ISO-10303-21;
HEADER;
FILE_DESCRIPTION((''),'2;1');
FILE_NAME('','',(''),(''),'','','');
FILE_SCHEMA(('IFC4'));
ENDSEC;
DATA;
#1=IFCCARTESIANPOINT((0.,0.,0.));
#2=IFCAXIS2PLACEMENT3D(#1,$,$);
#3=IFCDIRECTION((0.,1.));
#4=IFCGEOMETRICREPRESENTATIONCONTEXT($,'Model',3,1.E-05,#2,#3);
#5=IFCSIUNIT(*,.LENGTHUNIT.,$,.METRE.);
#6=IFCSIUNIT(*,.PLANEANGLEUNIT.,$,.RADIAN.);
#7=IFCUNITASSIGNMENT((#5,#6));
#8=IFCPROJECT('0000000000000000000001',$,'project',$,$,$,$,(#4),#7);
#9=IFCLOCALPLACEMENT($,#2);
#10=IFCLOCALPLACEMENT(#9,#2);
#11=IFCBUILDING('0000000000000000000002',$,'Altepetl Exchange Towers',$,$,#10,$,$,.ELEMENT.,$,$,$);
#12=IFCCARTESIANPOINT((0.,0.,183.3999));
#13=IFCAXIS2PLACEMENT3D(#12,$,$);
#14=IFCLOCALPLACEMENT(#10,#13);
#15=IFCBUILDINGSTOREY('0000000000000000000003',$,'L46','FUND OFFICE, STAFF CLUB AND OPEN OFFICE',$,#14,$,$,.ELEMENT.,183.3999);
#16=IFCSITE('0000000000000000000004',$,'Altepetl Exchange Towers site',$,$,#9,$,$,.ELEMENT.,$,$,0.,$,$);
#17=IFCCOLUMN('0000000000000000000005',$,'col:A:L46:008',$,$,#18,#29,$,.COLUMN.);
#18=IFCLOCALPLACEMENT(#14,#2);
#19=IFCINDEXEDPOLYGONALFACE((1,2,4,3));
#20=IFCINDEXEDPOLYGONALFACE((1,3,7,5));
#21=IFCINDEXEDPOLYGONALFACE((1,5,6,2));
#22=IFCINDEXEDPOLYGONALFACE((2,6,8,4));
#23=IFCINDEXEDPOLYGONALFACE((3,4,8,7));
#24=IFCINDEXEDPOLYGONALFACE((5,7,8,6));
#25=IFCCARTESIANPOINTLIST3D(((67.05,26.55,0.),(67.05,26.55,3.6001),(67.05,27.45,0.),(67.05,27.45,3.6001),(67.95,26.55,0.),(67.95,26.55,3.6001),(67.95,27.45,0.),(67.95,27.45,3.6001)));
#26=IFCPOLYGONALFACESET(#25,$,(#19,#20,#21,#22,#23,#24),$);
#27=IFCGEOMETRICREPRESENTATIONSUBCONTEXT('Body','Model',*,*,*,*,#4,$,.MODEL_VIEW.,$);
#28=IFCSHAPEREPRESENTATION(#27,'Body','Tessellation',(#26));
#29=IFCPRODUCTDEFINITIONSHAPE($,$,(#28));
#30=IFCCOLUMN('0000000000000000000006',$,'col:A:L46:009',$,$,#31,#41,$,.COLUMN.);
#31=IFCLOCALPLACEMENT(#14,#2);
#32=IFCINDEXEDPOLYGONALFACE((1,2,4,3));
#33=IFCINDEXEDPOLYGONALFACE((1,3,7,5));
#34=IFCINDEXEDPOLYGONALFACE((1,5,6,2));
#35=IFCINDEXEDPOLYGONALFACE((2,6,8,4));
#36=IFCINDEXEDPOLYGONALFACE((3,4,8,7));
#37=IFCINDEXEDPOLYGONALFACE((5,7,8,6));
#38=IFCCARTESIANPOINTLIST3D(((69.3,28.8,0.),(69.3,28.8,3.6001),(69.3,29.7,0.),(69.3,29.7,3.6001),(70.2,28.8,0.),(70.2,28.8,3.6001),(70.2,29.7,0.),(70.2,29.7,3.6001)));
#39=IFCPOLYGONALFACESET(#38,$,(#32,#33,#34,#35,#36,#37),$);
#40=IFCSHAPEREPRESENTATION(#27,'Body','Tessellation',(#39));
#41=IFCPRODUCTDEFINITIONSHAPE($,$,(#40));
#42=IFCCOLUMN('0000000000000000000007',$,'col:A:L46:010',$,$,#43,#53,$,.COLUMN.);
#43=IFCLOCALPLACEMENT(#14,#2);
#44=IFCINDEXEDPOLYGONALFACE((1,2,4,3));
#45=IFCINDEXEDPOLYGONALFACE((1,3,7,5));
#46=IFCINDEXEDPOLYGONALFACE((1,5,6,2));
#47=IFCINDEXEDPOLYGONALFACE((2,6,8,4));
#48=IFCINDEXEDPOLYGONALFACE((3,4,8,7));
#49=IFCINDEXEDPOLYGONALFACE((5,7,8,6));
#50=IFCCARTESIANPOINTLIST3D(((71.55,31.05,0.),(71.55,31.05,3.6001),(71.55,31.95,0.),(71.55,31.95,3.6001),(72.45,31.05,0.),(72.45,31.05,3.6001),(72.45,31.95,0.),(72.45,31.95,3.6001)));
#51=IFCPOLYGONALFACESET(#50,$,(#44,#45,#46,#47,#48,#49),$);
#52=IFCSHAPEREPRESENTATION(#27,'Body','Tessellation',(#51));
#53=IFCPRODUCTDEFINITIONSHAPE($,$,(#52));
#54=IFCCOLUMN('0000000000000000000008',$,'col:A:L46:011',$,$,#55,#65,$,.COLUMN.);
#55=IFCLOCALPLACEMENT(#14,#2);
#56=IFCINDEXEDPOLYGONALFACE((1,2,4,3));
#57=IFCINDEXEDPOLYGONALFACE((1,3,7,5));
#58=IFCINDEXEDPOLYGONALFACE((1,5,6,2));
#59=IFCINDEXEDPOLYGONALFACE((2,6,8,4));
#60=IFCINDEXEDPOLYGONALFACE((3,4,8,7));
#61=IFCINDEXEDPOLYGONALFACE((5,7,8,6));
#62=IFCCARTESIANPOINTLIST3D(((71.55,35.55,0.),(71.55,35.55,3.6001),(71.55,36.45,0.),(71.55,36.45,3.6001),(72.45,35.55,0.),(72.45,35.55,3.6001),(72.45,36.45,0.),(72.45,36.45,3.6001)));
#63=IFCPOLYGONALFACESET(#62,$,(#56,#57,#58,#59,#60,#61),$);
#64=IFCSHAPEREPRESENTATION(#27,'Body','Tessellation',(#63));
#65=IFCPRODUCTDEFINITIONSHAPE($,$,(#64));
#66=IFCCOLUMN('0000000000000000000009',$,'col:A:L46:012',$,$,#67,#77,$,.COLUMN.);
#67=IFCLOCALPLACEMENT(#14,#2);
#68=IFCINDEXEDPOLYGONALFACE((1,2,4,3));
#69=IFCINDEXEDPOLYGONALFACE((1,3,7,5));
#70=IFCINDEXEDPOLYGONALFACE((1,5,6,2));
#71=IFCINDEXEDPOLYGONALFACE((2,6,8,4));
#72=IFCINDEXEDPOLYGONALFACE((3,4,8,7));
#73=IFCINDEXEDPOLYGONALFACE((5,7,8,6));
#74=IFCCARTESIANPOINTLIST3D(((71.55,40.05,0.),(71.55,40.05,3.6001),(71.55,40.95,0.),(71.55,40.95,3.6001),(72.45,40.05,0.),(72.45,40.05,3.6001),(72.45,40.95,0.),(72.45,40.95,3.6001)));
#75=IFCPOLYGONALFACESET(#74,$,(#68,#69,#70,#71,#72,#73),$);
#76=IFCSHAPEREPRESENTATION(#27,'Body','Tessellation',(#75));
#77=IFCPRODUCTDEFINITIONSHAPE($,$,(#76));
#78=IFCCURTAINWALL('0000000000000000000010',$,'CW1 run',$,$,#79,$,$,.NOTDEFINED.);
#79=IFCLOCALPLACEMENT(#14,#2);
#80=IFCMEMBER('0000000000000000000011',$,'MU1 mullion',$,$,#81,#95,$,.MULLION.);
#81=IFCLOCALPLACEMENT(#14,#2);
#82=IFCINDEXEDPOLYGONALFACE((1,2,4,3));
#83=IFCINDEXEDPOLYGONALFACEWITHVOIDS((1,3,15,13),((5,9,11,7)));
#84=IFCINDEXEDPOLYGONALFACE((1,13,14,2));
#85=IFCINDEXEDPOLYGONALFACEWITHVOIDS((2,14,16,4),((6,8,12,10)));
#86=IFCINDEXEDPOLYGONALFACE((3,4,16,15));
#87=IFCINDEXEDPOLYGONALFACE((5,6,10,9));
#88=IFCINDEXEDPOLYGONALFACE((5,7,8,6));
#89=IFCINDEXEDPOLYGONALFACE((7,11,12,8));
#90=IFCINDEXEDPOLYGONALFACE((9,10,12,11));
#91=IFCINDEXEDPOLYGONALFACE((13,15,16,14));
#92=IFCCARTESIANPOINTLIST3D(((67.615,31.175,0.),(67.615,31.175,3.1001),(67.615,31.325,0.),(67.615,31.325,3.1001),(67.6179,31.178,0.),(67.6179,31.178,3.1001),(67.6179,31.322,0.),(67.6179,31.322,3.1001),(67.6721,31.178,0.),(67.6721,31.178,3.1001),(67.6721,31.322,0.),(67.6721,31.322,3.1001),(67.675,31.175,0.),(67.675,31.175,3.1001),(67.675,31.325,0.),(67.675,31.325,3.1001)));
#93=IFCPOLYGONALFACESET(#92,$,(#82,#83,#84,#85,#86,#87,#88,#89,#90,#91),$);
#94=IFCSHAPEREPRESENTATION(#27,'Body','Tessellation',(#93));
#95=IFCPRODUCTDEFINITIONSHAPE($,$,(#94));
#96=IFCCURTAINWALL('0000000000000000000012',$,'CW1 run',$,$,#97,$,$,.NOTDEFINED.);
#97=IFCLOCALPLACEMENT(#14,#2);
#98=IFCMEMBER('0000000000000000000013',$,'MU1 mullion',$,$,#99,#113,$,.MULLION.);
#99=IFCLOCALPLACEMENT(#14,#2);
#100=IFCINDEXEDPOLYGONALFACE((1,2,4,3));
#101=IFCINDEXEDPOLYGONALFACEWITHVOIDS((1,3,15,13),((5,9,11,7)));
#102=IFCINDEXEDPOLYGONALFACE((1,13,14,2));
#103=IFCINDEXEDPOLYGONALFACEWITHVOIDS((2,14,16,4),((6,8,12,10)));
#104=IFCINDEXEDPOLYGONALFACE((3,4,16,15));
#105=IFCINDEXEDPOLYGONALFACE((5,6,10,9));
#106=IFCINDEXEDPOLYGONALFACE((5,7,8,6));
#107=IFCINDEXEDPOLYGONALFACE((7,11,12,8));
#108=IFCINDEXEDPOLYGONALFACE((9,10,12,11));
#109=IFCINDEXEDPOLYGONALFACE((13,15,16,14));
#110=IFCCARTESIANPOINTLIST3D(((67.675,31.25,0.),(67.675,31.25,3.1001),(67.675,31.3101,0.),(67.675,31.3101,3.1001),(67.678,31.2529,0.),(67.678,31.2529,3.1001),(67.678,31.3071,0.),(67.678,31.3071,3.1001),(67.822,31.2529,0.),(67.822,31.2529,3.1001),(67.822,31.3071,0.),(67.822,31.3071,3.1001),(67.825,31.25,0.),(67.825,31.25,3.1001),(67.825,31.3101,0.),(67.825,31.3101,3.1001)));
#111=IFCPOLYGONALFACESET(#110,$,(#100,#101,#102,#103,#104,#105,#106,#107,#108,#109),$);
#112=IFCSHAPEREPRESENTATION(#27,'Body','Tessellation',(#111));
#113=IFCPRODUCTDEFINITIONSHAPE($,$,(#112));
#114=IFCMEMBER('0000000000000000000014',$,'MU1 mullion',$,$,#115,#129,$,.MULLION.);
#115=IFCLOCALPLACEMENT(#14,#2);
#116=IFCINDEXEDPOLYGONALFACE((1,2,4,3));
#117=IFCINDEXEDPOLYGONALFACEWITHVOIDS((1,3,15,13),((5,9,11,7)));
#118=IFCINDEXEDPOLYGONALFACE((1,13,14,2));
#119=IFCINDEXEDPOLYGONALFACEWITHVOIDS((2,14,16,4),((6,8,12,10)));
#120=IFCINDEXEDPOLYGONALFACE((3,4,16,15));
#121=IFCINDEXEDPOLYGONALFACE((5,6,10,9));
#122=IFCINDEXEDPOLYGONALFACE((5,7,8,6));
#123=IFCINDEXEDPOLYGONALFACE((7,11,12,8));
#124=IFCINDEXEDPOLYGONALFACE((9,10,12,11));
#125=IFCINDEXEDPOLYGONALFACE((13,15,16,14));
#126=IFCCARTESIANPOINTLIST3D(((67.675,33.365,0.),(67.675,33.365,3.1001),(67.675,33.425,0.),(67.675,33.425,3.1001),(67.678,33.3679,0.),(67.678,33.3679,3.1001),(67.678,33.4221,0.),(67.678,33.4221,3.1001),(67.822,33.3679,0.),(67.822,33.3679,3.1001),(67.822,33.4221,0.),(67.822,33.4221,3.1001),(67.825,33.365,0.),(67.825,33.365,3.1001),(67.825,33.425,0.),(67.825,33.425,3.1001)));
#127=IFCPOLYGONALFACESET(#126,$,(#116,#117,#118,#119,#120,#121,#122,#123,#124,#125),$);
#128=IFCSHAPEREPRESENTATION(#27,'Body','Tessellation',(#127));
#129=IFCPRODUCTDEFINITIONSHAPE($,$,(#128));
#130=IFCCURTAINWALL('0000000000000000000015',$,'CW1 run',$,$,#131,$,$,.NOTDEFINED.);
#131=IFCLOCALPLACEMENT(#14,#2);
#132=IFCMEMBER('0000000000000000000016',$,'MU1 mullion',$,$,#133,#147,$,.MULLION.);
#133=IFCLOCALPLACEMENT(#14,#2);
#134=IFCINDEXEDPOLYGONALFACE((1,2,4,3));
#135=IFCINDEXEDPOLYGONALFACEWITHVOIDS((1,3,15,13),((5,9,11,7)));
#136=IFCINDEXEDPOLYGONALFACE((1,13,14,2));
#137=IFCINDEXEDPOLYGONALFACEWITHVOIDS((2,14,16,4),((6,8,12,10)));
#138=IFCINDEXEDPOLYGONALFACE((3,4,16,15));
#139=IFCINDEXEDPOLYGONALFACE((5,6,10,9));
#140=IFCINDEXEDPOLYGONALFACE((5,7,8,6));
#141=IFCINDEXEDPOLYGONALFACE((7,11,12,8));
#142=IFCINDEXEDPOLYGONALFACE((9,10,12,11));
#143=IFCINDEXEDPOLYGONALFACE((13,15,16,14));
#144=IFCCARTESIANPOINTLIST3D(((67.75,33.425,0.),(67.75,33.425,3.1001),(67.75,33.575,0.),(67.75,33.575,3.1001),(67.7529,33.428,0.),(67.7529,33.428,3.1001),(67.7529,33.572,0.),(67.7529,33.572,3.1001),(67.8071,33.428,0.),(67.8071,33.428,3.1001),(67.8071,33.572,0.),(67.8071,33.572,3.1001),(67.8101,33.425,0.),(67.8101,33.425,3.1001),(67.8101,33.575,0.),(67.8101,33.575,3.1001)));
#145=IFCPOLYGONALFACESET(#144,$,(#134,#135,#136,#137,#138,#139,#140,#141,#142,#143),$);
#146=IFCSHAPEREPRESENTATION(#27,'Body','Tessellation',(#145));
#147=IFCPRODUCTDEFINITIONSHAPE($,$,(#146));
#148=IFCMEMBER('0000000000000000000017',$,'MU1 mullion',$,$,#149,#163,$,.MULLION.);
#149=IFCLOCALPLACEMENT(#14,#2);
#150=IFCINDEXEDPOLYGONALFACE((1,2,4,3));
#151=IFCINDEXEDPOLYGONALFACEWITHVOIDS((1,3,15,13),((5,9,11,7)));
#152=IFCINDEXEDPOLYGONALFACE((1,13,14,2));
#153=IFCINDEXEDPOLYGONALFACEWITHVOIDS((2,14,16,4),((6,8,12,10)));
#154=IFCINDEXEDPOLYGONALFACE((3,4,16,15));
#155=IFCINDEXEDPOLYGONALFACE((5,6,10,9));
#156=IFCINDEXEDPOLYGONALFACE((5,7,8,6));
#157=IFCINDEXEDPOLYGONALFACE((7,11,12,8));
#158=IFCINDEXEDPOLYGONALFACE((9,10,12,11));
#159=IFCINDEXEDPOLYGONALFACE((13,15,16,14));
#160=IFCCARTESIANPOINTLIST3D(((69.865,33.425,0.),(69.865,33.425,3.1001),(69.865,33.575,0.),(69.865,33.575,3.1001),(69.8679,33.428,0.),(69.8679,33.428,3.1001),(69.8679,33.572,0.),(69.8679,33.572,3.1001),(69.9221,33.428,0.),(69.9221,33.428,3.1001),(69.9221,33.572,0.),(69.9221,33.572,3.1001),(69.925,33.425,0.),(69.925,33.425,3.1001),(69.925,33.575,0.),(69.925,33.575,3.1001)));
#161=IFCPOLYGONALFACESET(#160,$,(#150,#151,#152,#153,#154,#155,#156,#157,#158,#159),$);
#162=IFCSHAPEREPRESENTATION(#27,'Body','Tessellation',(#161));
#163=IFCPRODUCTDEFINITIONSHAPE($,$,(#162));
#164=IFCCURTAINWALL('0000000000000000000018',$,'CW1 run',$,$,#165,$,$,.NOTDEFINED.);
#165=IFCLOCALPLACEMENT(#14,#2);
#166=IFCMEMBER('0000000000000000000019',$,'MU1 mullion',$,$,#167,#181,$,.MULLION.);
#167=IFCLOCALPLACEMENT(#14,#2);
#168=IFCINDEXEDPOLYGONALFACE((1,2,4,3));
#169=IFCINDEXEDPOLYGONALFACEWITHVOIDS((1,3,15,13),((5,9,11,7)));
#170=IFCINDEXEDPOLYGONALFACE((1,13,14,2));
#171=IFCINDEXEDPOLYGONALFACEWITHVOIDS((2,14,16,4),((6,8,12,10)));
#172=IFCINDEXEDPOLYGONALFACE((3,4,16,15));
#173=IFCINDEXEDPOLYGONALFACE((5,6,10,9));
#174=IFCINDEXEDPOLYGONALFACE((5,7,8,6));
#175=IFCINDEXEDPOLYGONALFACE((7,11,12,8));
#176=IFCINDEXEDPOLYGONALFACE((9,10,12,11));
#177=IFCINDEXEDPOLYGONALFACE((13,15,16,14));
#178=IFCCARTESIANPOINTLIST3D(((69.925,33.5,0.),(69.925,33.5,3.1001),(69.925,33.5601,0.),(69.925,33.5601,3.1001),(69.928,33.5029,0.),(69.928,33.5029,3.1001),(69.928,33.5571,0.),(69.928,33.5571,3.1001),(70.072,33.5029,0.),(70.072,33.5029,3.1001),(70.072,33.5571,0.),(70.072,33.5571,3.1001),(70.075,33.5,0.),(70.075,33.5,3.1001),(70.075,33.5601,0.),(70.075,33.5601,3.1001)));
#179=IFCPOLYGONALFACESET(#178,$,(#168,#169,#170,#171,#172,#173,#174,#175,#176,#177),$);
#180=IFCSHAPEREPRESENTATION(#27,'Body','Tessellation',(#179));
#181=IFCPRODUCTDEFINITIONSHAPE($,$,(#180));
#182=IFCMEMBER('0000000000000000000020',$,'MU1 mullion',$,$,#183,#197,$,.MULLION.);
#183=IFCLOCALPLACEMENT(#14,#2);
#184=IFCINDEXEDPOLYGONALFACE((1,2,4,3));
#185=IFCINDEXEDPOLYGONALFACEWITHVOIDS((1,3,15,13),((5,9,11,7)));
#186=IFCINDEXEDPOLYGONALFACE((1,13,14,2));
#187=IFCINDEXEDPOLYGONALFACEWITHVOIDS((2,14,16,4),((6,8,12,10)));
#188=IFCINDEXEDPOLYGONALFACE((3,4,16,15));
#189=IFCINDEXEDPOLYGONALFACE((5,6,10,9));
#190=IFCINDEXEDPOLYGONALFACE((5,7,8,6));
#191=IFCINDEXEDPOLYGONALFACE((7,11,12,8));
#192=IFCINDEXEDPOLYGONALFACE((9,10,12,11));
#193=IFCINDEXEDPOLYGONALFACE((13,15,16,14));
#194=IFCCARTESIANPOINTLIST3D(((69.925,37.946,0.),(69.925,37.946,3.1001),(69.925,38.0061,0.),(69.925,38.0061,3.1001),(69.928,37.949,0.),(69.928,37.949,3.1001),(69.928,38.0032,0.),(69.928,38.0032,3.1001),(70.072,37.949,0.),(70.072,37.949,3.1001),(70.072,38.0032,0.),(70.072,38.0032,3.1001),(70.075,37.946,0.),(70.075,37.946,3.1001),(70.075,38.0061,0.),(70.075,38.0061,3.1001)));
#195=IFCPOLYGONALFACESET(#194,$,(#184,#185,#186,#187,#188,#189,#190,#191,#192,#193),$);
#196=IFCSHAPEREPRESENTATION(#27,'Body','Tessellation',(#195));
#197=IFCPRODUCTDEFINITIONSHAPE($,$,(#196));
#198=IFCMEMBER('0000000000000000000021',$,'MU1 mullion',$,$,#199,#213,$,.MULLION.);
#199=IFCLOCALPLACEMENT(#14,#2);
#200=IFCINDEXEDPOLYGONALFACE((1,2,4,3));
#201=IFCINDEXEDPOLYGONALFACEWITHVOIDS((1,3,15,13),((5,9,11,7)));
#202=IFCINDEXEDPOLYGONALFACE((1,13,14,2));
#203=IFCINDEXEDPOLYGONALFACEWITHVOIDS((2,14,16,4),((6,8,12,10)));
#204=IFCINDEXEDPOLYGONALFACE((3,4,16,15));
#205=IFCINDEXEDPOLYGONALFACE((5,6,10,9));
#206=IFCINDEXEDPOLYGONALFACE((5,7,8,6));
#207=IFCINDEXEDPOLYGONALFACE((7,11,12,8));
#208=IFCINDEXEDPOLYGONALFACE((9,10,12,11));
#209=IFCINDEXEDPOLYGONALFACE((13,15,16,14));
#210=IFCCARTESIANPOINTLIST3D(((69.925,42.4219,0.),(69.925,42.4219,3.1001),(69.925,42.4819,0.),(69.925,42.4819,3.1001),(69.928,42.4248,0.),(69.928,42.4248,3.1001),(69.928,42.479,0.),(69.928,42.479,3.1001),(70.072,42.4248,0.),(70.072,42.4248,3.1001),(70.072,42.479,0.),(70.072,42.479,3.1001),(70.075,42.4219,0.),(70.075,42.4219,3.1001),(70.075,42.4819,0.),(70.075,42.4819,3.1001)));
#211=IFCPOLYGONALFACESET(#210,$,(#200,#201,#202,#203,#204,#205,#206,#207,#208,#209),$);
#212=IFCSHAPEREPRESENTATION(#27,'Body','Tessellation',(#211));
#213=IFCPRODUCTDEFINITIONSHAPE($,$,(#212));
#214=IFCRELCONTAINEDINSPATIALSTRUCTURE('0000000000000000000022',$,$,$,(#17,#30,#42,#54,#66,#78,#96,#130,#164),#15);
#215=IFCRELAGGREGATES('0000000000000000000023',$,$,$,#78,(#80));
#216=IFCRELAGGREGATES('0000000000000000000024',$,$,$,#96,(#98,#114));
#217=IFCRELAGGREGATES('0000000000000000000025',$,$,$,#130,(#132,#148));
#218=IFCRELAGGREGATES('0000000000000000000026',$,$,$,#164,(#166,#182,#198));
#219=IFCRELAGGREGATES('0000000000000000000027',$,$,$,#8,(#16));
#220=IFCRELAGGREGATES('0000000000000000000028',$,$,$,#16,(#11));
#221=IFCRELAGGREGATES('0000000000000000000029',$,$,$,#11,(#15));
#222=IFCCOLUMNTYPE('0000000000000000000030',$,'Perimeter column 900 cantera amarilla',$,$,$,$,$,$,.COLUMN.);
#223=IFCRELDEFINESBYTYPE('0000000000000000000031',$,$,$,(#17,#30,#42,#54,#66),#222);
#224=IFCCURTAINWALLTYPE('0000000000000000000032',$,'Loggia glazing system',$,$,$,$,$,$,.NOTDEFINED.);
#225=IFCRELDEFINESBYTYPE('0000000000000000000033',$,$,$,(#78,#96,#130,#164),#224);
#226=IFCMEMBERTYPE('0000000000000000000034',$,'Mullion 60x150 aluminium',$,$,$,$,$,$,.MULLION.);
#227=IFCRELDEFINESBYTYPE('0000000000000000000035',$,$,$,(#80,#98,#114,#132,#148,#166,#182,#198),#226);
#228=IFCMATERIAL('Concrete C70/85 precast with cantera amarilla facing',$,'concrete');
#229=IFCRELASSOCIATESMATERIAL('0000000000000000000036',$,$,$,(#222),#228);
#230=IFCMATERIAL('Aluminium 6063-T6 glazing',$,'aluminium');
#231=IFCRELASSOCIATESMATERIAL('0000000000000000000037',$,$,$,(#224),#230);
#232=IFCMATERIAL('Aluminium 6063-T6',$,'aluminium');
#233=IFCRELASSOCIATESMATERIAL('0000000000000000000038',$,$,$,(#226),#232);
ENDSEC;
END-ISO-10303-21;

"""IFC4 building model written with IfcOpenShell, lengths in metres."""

from ifc_helpers import new_model, si_unit, direction, frame, origin, origin_2d, place, context, subcontext, project, spatial, rectangle, hollow_rectangle, extrude, material, material_profile, profile_set, type_object, element, aggregate, save


model = new_model("IFC4")

# Units and contexts
model_context = context("Model", 3, precision=1e-05, world=origin(), true_north=direction((0.0, 1.0)))
body_context = subcontext(model_context, "Body", "Model", "MODEL_VIEW")
ifc_project = project(units=[si_unit("LENGTHUNIT", "METRE"), si_unit("PLANEANGLEUNIT", "RADIAN")], contexts=[model_context])

# Site, building, storey
site_placement = place(None, origin())
site = spatial("IfcSite", under=ifc_project, at=site_placement, Name="Altepetl Exchange Towers site", CompositionType="ELEMENT", RefElevation=0.0)
building_placement = place(site_placement, origin())
building = spatial("IfcBuilding", under=site, at=building_placement, Name="Altepetl Exchange Towers", CompositionType="ELEMENT")
storey_placement = place(building_placement, frame((0.0, 0.0, 183.3999)))
storey = spatial("IfcBuildingStorey", under=building, at=storey_placement, Name="L46", Description="FUND OFFICE, STAFF CLUB AND OPEN OFFICE", CompositionType="ELEMENT", Elevation=183.3999)

# Columns
ifc_material_1 = material(Name="Concrete C70/85 precast with cantera amarilla facing", Category="concrete")
ifc_material_profile_1 = material_profile(ifc_material_1, rectangle(XDim=0.8999, YDim=0.8999, at=origin_2d()), Name="900 x 900")
ifc_profile_set_1 = profile_set([ifc_material_profile_1], Name="Concrete C70/85 precast with cantera amarilla facing")
column_type = type_object("IfcColumnType", Name="Perimeter column 900 cantera amarilla", PredefinedType="COLUMN", material=ifc_profile_set_1)
for number, where, name in (
    (1, (67.5, 27.0, 0.0), "col:A:L46:008"),
    (2, (69.75, 29.25, 0.0), "col:A:L46:009"),
    (3, (72.0, 31.5, 0.0), "col:A:L46:010"),
    (4, (72.0, 36.0, 0.0), "col:A:L46:011"),
    (5, (72.0, 40.5, 0.0), "col:A:L46:012"),
):
    element("IfcColumn", number, at=place(storey_placement, frame(where)), inside=storey, type_object=column_type, Name=name, PredefinedType="COLUMN", context=body_context, shape_type="SweptSolid", body=[
        extrude(rectangle(XDim=0.8999, YDim=0.8999, at=origin_2d()), origin(), (0.0, 0.0, 1.0), 3.6001),
    ])

# Curtain wall, member
ifc_material_2 = material(Name="Aluminium 6063-T6 glazing", Category="aluminium")
curtain_wall_type = type_object("IfcCurtainWallType", Name="Loggia glazing system", PredefinedType="NOTDEFINED", material=ifc_material_2)
curtain_wall_1_placement = place(storey_placement, origin())
curtain_wall_1 = element("IfcCurtainWall", 6, at=curtain_wall_1_placement, inside=storey, type_object=curtain_wall_type, Name="CW1 run", PredefinedType="NOTDEFINED")
ifc_material_3 = material(Name="Aluminium 6063-T6", Category="aluminium")
ifc_material_profile_2 = material_profile(ifc_material_3, hollow_rectangle(XDim=0.0601, YDim=0.1499, WallThickness=0.0029, at=origin_2d()), Name="Mullion 60x150 aluminium")
ifc_profile_set_2 = profile_set([ifc_material_profile_2], Name="Aluminium 6063-T6")
member_type = type_object("IfcMemberType", Name="Mullion 60x150 aluminium", PredefinedType="MULLION", material=ifc_profile_set_2)
member_1_placement = place(storey_placement, frame((67.645, 31.25, 0.0)))
member_1 = element("IfcMember", 7, at=member_1_placement, type_object=member_type, Name="MU1 mullion", PredefinedType="MULLION", context=body_context, shape_type="SweptSolid", body=[
    extrude(hollow_rectangle(XDim=0.0601, YDim=0.1499, WallThickness=0.0029, at=origin_2d()), origin(), (0.0, 0.0, 1.0), 3.1001),
])

# Curtain walls, members
curtain_wall_2_placement = place(storey_placement, origin())
curtain_wall_2 = element("IfcCurtainWall", 8, at=curtain_wall_2_placement, inside=storey, type_object=curtain_wall_type, Name="CW1 run", PredefinedType="NOTDEFINED")
member_2_placement = place(storey_placement, frame((67.75, 31.28, 0.0), z_axis=(0.0, 0.0, 1.0), x_axis=(0.0, 1.0, 0.0)))
member_2 = element("IfcMember", 9, at=member_2_placement, type_object=member_type, Name="MU1 mullion", PredefinedType="MULLION", context=body_context, shape_type="SweptSolid", body=[
    extrude(hollow_rectangle(XDim=0.0601, YDim=0.1499, WallThickness=0.0029, at=origin_2d()), origin(), (0.0, 0.0, 1.0), 3.1001),
])
member_3_placement = place(storey_placement, frame((67.75, 33.395, 0.0), z_axis=(0.0, 0.0, 1.0), x_axis=(0.0, 1.0, 0.0)))
member_3 = element("IfcMember", 10, at=member_3_placement, type_object=member_type, Name="MU1 mullion", PredefinedType="MULLION", context=body_context, shape_type="SweptSolid", body=[
    extrude(hollow_rectangle(XDim=0.0601, YDim=0.1499, WallThickness=0.0029, at=origin_2d()), origin(), (0.0, 0.0, 1.0), 3.1001),
])
curtain_wall_3_placement = place(storey_placement, origin())
curtain_wall_3 = element("IfcCurtainWall", 11, at=curtain_wall_3_placement, inside=storey, type_object=curtain_wall_type, Name="CW1 run", PredefinedType="NOTDEFINED")
member_4_placement = place(storey_placement, frame((67.78, 33.5, 0.0)))
member_4 = element("IfcMember", 12, at=member_4_placement, type_object=member_type, Name="MU1 mullion", PredefinedType="MULLION", context=body_context, shape_type="SweptSolid", body=[
    extrude(hollow_rectangle(XDim=0.0601, YDim=0.1499, WallThickness=0.0029, at=origin_2d()), origin(), (0.0, 0.0, 1.0), 3.1001),
])
member_5_placement = place(storey_placement, frame((69.895, 33.5, 0.0)))
member_5 = element("IfcMember", 13, at=member_5_placement, type_object=member_type, Name="MU1 mullion", PredefinedType="MULLION", context=body_context, shape_type="SweptSolid", body=[
    extrude(hollow_rectangle(XDim=0.0601, YDim=0.1499, WallThickness=0.0029, at=origin_2d()), origin(), (0.0, 0.0, 1.0), 3.1001),
])
curtain_wall_4_placement = place(storey_placement, origin())
curtain_wall_4 = element("IfcCurtainWall", 14, at=curtain_wall_4_placement, inside=storey, type_object=curtain_wall_type, Name="CW1 run", PredefinedType="NOTDEFINED")
member_6_placement = place(storey_placement, frame((70.0, 33.53, 0.0), z_axis=(0.0, 0.0, 1.0), x_axis=(0.0, 1.0, 0.0)))
member_6 = element("IfcMember", 15, at=member_6_placement, type_object=member_type, Name="MU1 mullion", PredefinedType="MULLION", context=body_context, shape_type="SweptSolid", body=[
    extrude(hollow_rectangle(XDim=0.0601, YDim=0.1499, WallThickness=0.0029, at=origin_2d()), origin(), (0.0, 0.0, 1.0), 3.1001),
])
member_7_placement = place(storey_placement, frame((70.0, 37.9761, 0.0), z_axis=(0.0, 0.0, 1.0), x_axis=(0.0, 1.0, 0.0)))
member_7 = element("IfcMember", 16, at=member_7_placement, type_object=member_type, Name="MU1 mullion", PredefinedType="MULLION", context=body_context, shape_type="SweptSolid", body=[
    extrude(hollow_rectangle(XDim=0.0601, YDim=0.1499, WallThickness=0.0029, at=origin_2d()), origin(), (0.0, 0.0, 1.0), 3.1001),
])
member_8_placement = place(storey_placement, frame((70.0, 42.4519, 0.0), z_axis=(0.0, 0.0, 1.0), x_axis=(0.0, 1.0, 0.0)))
member_8 = element("IfcMember", 17, at=member_8_placement, type_object=member_type, Name="MU1 mullion", PredefinedType="MULLION", context=body_context, shape_type="SweptSolid", body=[
    extrude(hollow_rectangle(XDim=0.0601, YDim=0.1499, WallThickness=0.0029, at=origin_2d()), origin(), (0.0, 0.0, 1.0), 3.1001),
])

aggregate(curtain_wall_1, [member_1])
aggregate(curtain_wall_2, [member_2, member_3])
aggregate(curtain_wall_3, [member_4, member_5])
aggregate(curtain_wall_4, [member_6, member_7, member_8])

save(model, "model.ifc")
